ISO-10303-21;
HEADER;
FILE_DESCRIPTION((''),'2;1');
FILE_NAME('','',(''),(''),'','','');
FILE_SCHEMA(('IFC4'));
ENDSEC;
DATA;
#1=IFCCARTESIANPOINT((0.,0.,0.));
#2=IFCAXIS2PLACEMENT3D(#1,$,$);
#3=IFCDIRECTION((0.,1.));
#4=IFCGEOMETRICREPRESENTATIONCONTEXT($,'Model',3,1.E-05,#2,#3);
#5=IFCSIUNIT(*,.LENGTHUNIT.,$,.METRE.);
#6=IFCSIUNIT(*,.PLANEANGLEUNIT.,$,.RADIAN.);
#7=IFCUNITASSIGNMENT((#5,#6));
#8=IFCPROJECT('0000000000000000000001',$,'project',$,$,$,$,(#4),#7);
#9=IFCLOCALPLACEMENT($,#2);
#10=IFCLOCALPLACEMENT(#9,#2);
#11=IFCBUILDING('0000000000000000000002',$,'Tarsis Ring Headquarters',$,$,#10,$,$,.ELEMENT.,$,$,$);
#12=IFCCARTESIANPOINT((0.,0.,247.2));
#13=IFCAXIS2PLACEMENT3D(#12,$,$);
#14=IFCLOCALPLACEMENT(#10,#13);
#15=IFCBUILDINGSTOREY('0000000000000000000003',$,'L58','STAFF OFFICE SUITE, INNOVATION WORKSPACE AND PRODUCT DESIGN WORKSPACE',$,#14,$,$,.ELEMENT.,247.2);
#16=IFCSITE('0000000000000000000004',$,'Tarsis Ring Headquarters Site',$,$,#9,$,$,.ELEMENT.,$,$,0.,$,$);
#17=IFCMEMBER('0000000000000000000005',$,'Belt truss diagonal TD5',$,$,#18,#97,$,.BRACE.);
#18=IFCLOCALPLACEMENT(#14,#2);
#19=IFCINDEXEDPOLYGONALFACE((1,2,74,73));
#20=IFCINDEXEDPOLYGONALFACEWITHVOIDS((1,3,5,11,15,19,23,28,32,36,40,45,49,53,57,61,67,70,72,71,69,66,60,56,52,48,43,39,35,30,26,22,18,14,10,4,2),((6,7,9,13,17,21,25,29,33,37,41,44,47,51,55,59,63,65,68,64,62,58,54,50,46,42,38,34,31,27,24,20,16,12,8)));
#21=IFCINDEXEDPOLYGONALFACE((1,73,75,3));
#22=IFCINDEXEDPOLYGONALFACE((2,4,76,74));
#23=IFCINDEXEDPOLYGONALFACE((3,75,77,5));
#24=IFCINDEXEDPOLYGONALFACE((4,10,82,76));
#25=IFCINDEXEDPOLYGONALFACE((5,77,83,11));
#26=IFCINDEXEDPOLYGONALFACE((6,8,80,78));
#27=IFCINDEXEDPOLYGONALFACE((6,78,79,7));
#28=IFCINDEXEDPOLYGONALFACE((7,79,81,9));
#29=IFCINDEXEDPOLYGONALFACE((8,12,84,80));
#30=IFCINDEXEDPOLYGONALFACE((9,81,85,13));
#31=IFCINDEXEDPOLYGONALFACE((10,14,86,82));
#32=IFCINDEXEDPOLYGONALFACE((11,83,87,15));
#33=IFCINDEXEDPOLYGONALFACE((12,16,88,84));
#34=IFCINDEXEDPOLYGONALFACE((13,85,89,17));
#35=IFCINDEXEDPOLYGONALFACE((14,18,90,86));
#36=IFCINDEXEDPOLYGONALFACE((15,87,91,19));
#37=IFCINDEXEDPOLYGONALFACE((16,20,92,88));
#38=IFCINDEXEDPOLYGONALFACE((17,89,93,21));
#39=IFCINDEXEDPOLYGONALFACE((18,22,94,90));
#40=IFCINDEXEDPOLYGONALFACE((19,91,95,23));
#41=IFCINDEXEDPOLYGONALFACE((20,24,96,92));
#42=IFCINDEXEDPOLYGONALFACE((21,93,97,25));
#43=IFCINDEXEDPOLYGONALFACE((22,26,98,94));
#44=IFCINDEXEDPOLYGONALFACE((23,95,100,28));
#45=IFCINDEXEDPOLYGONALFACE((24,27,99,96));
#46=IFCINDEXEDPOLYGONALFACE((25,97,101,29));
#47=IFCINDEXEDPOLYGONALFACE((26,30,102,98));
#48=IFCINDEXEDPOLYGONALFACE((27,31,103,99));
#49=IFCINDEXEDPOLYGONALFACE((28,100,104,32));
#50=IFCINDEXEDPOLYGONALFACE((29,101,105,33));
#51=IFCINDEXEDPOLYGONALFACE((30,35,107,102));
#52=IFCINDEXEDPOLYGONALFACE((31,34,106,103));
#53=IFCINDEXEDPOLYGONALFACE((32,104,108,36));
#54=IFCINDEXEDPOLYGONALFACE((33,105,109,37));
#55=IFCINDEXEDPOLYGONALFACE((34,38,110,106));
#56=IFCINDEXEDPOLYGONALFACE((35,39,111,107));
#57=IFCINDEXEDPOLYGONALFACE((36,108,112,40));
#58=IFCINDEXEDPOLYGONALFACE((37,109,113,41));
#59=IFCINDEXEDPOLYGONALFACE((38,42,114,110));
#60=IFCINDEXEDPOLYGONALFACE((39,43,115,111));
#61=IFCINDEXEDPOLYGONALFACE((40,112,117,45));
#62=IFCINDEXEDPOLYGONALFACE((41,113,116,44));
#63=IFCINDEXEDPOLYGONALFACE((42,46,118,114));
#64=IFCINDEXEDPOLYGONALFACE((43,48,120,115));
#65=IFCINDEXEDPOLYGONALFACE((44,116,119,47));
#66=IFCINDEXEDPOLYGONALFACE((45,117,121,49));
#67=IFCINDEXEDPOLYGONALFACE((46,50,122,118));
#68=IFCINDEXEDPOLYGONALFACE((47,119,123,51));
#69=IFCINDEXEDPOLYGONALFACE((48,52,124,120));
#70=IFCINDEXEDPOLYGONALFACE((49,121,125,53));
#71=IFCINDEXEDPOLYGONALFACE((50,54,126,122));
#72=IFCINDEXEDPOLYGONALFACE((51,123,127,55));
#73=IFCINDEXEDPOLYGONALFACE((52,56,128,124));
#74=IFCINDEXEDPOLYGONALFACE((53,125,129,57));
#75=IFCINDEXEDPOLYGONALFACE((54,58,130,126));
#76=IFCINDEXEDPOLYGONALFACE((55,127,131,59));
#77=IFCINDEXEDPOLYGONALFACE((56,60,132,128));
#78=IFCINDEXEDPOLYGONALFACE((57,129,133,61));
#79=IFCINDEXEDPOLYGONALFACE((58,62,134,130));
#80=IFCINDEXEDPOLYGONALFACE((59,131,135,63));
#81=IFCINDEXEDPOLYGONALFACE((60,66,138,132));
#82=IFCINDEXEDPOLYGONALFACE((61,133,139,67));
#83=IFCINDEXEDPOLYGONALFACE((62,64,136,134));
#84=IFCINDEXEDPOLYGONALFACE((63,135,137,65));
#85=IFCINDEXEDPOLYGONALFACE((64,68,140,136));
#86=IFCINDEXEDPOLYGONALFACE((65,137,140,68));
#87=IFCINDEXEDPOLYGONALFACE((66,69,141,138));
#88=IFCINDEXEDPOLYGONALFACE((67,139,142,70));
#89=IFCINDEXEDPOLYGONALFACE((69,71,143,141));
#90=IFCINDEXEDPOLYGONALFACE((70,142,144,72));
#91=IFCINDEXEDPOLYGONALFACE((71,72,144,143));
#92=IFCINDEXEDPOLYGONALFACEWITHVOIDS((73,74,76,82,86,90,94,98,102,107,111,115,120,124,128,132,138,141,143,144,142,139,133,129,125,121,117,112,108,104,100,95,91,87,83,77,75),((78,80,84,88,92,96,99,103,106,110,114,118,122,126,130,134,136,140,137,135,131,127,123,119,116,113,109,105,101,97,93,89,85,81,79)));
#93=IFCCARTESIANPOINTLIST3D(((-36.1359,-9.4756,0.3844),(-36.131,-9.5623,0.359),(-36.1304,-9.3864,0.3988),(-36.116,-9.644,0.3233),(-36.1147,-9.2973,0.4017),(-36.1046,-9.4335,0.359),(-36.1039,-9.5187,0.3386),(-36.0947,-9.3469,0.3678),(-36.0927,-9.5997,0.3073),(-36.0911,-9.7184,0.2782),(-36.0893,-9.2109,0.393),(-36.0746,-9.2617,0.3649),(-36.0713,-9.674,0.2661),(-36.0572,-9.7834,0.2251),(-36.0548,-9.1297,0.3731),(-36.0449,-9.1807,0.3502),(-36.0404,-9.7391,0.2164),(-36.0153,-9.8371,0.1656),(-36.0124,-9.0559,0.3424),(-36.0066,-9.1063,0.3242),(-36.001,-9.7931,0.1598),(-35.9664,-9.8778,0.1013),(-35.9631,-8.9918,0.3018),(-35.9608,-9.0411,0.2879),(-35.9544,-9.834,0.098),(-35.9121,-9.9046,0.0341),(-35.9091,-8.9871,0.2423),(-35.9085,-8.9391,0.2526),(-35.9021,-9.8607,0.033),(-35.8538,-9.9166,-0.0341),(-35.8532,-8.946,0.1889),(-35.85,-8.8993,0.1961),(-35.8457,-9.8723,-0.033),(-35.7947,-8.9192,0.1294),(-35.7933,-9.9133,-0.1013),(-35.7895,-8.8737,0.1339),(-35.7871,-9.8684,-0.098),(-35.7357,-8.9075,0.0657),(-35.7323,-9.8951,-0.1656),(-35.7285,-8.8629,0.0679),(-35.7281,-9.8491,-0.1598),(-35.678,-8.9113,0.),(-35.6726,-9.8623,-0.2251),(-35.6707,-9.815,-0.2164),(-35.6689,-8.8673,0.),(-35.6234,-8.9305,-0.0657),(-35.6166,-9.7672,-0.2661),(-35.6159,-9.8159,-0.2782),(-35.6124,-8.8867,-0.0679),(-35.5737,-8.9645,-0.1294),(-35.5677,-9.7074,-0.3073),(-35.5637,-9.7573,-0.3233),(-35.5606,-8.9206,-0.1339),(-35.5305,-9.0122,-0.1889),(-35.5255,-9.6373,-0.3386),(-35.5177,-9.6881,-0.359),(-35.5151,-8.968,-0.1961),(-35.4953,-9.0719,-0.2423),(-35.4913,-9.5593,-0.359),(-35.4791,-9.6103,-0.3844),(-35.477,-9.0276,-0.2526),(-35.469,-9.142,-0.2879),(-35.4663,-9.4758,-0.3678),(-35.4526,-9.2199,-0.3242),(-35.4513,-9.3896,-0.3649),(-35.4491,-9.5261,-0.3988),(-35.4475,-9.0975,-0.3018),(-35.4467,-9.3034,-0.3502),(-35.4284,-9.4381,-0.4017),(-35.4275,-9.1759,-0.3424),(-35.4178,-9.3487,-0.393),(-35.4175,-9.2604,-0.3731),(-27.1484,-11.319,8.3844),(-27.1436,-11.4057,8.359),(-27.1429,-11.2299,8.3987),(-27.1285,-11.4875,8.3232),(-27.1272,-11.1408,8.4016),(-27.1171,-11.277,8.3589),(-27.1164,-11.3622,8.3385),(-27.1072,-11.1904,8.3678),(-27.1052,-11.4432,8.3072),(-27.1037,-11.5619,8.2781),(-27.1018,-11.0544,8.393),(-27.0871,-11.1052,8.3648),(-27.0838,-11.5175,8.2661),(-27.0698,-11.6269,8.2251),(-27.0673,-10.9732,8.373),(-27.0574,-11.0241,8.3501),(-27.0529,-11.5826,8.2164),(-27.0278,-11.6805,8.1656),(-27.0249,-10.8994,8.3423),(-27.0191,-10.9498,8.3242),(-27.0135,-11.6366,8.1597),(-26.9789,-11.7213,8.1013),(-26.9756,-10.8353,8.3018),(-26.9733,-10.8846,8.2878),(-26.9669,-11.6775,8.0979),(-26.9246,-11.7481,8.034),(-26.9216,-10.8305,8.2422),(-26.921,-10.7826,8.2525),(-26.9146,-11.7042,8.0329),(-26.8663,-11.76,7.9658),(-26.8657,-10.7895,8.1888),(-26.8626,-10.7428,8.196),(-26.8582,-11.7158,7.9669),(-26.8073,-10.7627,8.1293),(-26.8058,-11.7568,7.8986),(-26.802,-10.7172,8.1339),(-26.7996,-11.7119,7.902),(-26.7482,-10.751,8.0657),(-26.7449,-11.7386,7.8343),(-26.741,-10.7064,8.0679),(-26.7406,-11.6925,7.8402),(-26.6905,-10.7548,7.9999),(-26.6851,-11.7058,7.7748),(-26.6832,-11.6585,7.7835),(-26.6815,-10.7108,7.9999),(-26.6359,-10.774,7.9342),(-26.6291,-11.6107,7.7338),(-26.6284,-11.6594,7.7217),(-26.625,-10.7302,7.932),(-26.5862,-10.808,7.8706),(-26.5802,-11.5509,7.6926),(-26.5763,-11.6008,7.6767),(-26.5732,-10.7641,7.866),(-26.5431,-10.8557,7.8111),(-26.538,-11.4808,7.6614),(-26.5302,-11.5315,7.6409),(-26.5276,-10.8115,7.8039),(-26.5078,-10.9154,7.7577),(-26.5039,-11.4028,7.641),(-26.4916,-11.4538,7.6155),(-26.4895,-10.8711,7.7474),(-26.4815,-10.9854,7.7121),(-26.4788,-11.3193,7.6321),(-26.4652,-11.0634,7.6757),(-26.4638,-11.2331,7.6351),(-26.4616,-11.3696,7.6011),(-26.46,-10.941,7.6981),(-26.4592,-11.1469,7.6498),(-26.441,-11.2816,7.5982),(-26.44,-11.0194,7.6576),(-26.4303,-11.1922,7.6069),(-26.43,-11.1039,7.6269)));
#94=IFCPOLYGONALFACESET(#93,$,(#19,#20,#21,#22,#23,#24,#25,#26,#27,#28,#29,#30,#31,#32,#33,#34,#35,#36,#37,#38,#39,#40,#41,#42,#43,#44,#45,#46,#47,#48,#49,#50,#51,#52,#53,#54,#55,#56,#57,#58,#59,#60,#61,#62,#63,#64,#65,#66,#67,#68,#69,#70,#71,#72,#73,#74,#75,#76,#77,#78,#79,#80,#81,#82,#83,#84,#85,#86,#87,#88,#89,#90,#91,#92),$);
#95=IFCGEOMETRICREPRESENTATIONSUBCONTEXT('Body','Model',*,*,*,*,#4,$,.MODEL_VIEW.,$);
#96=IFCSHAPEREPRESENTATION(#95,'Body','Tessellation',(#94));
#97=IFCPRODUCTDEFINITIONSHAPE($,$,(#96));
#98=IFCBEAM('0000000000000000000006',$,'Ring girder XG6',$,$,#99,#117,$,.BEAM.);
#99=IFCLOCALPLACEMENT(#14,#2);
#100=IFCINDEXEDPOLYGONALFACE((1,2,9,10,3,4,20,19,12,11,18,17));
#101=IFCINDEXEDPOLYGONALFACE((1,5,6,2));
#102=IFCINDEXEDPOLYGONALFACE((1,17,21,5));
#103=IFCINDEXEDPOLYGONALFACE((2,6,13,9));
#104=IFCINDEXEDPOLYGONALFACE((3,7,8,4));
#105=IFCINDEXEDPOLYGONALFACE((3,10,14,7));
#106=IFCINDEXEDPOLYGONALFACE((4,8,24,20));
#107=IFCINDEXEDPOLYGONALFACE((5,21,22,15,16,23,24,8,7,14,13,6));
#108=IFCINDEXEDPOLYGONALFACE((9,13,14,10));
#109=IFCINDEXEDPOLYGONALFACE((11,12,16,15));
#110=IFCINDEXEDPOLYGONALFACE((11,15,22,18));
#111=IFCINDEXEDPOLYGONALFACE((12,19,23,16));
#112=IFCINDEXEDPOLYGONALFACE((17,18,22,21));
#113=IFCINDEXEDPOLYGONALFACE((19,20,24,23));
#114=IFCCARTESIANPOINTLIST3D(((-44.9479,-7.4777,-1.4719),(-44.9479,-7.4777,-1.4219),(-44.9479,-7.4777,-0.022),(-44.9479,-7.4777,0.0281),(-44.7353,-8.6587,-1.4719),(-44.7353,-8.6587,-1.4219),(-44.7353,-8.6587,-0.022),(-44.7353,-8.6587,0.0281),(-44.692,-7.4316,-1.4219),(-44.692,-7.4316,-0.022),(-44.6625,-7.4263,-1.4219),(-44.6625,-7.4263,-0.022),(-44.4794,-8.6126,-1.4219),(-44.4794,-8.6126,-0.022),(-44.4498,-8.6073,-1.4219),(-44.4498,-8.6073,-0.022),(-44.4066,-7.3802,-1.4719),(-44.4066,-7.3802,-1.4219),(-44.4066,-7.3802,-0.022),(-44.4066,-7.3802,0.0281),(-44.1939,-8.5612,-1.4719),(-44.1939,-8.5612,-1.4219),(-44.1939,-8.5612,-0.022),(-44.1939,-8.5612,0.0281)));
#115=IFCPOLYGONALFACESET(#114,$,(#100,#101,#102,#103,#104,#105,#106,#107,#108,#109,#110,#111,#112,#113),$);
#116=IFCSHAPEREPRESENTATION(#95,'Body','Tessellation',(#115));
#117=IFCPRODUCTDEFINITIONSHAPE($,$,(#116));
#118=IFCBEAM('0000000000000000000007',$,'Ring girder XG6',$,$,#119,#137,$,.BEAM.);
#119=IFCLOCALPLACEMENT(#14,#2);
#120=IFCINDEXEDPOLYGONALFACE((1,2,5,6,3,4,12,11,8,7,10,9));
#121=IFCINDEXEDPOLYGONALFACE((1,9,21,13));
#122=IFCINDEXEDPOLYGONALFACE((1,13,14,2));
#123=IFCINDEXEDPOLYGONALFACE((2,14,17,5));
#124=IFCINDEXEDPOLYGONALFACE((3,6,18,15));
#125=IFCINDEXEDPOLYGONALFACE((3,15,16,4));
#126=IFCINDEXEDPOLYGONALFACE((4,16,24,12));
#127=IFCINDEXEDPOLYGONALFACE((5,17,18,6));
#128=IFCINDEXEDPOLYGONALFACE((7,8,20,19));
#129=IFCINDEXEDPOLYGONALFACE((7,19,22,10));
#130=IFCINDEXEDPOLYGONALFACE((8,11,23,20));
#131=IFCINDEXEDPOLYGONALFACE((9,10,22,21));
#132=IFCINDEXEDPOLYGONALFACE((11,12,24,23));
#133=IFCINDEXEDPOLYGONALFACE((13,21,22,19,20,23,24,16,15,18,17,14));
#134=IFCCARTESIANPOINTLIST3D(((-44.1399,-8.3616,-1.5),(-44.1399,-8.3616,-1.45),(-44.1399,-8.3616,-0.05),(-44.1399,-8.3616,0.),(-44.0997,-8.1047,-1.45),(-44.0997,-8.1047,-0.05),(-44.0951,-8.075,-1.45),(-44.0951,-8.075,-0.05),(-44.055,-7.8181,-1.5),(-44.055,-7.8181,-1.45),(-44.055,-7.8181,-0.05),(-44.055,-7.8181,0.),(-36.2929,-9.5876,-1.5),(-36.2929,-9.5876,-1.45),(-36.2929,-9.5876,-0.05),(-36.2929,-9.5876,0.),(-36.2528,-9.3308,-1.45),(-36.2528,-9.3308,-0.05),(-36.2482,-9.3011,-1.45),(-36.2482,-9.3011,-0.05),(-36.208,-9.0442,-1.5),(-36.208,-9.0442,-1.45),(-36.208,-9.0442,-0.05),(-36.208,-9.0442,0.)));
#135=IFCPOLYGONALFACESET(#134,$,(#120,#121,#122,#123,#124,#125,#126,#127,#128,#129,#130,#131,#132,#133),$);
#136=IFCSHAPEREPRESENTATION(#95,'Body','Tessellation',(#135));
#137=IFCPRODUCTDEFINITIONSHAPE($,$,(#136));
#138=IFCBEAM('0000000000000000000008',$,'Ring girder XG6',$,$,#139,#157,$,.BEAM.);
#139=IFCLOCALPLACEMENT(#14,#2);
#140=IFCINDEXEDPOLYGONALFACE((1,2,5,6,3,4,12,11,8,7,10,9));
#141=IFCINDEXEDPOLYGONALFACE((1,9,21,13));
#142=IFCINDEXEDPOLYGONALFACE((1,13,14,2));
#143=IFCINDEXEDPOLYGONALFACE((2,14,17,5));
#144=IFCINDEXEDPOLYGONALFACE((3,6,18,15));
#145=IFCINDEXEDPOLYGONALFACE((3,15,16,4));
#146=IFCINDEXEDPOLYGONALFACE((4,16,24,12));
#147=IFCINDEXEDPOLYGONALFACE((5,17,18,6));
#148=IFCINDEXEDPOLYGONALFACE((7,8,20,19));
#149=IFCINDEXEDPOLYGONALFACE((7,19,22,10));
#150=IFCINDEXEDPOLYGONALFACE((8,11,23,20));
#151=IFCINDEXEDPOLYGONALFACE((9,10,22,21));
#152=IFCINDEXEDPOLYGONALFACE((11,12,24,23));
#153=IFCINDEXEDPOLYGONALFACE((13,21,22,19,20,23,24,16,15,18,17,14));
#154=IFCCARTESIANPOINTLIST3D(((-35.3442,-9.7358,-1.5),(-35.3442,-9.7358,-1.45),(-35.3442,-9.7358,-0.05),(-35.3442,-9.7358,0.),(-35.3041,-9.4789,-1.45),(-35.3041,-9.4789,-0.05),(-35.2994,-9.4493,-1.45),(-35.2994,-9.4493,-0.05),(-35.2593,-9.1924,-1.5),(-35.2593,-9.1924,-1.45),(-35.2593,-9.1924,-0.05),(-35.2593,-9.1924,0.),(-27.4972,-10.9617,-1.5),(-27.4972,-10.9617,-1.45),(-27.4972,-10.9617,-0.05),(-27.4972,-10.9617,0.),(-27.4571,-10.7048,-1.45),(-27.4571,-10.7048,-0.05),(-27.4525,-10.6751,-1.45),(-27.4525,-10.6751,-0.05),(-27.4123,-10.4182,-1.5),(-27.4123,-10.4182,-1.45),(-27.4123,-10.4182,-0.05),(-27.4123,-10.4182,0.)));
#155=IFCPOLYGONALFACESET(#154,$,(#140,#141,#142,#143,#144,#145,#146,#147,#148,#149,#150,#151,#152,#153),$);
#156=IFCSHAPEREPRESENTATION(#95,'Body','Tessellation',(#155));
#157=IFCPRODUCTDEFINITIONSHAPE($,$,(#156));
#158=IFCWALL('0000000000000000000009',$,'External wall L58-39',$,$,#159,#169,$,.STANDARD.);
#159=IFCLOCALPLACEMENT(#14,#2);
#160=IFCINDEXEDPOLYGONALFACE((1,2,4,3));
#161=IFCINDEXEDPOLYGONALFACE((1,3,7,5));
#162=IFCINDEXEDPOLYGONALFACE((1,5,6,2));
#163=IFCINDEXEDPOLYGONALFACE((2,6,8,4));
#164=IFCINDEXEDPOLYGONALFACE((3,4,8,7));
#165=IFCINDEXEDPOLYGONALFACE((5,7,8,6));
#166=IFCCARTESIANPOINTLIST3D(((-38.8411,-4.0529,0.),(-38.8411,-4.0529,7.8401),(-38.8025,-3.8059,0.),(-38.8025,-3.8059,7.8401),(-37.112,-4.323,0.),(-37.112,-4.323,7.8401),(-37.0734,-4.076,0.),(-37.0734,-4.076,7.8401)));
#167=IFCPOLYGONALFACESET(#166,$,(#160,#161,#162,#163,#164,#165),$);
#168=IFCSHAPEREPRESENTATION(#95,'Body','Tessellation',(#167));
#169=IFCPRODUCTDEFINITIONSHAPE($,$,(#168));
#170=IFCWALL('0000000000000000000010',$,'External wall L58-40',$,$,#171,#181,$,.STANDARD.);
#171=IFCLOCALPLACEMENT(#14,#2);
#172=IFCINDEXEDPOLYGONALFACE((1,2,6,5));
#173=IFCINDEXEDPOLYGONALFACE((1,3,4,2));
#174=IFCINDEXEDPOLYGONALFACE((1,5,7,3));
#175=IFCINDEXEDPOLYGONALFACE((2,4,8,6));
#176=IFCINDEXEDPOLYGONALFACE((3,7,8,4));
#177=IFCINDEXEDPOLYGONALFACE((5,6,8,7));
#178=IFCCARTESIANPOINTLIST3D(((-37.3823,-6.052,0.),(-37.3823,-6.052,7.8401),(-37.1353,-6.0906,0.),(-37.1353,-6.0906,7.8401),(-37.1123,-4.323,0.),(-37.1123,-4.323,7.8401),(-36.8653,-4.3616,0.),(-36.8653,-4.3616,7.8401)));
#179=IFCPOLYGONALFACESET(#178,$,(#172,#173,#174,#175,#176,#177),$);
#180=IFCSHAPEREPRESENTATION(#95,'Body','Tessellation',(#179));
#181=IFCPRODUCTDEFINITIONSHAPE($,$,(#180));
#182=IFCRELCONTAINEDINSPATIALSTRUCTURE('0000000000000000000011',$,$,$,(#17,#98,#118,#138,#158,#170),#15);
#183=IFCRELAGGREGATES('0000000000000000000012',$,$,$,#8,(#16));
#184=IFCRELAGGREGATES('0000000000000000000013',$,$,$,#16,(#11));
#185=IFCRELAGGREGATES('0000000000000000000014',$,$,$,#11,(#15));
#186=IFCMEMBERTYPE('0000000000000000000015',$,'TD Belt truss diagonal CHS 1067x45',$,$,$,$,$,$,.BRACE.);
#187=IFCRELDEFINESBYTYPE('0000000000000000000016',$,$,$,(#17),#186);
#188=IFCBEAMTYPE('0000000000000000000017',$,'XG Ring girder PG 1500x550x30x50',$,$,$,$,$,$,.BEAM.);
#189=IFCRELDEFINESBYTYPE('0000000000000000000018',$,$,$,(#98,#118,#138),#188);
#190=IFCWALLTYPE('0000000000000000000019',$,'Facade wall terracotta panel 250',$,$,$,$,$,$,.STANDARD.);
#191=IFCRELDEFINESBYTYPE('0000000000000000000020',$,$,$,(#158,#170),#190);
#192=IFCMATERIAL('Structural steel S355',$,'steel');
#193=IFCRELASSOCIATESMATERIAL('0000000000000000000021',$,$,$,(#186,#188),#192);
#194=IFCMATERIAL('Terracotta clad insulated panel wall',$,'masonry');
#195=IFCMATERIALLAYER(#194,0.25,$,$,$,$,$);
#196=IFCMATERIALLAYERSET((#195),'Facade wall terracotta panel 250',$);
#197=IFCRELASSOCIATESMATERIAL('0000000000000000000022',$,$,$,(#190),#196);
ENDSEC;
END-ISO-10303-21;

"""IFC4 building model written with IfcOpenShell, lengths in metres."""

from ifc_helpers import new_model, si_unit, direction, frame, frame_2d, origin, origin_2d, place, context, subcontext, project, spatial, rectangle, hollow_circle, i_section, extrude, material, layer, layer_set, material_profile, profile_set, type_object, element, save


model = new_model("IFC4")

# Units and contexts
model_context = context("Model", 3, precision=1e-05, world=origin(), true_north=direction((0.0, 1.0)))
body_context = subcontext(model_context, "Body", "Model", "MODEL_VIEW")
ifc_project = project(units=[si_unit("LENGTHUNIT", "METRE"), si_unit("PLANEANGLEUNIT", "RADIAN")], contexts=[model_context])

# Site, building, storey
site_placement = place(None, origin())
site = spatial("IfcSite", under=ifc_project, at=site_placement, Name="Tarsis Ring Headquarters Site", CompositionType="ELEMENT", RefElevation=0.0)
building_placement = place(site_placement, origin())
building = spatial("IfcBuilding", under=site, at=building_placement, Name="Tarsis Ring Headquarters", CompositionType="ELEMENT")
storey_placement = place(building_placement, frame((0.0, 0.0, 247.2)))
storey = spatial("IfcBuildingStorey", under=building, at=storey_placement, Name="L58", Description="STAFF OFFICE SUITE, INNOVATION WORKSPACE AND PRODUCT DESIGN WORKSPACE", CompositionType="ELEMENT", Elevation=247.2)

# Shared definitions
ifc_material_1 = material(Name="Structural steel S355", Category="steel")
ifc_material_profile_1 = material_profile(ifc_material_1, hollow_circle(Radius=0.5334, WallThickness=0.0449, at=origin_2d()), Name="CHS 1067x45")
ifc_profile_set_1 = profile_set([ifc_material_profile_1], Name="Structural steel S355")

# Member
member_type_1 = type_object("IfcMemberType", Name="TD Belt truss diagonal CHS 1067x45", PredefinedType="BRACE", material=ifc_profile_set_1)
member_1_placement = place(storey_placement, frame((-35.7761, -9.3899, 0.0), z_axis=(0.738337, -0.151446, 0.657209), x_axis=(0.200934, 0.979605, 0.0)))
element("IfcMember", 1, at=member_1_placement, inside=storey, type_object=member_type_1, Name="Belt truss diagonal TD5", PredefinedType="BRACE", context=body_context, shape_type="SweptSolid", body=[
    extrude(hollow_circle(Radius=0.5334, WallThickness=0.0449, at=origin_2d()), origin(), (0.0, 0.0, 1.0), 12.1726),
])

# Beams
ifc_material_profile_2 = material_profile(ifc_material_1, i_section(OverallWidth=0.55, OverallDepth=1.5, WebThickness=0.03, FlangeThickness=0.05, at=origin_2d()), Name="PG 1500x550x30x50")
ifc_profile_set_2 = profile_set([ifc_material_profile_2], Name="Structural steel S355")
beam_type = type_object("IfcBeamType", Name="XG Ring girder PG 1500x550x30x50", PredefinedType="BEAM", material=ifc_profile_set_2)
beam_placement = place(storey_placement, frame((-44.6772, -7.429, -0.7219), z_axis=(0.17722, -0.984171, 0.0), x_axis=(0.984171, 0.17722, 0.0)))
element("IfcBeam", 2, at=beam_placement, inside=storey, type_object=beam_type, Name="Ring girder XG6", PredefinedType="BEAM", context=body_context, shape_type="SweptSolid", body=[
    extrude(i_section(OverallWidth=0.55, OverallDepth=1.5, WebThickness=0.03, FlangeThickness=0.05, at=origin_2d()), origin(), (0.0, 0.0, 1.0), 1.2),
])
for number, where, z_axis, x_axis, name in (
    (3, (-44.0974, -8.0898, -0.75), (0.988012, -0.154376, 0.0), (0.154376, 0.988012, 0.0), "Ring girder XG6"),
    (4, (-35.3018, -9.4641, -0.75), (0.988017, -0.154346, 0.0), (0.154346, 0.988017, 0.0), "Ring girder XG6"),
):
    element("IfcBeam", number, at=place(storey_placement, frame(where, z_axis=z_axis, x_axis=x_axis)), inside=storey, type_object=beam_type, Name=name, PredefinedType="BEAM", context=body_context, shape_type="SweptSolid", body=[
        extrude(i_section(OverallWidth=0.55, OverallDepth=1.5, WebThickness=0.03, FlangeThickness=0.05, at=origin_2d()), origin(), (0.0, 0.0, 1.0), 7.9421),
    ])

# Walls
ifc_material_2 = material(Name="Terracotta clad insulated panel wall", Category="masonry")
ifc_layer_1 = layer(ifc_material_2, 0.25)
ifc_layer_set_1 = layer_set([ifc_layer_1], Name="Facade wall terracotta panel 250")
wall_type = type_object("IfcWallType", Name="Facade wall terracotta panel 250", PredefinedType="STANDARD", material=ifc_layer_set_1)
for number, where, z_axis, x_axis, name in (
    (5, (-38.8218, -3.9294, 0.0), (0.0, 0.0, 1.0), (0.988024, -0.1543, 0.0), "External wall L58-39"),
    (6, (-36.9888, -4.3423, 0.0), (0.0, 0.0, 1.0), (-0.1543, -0.988024, 0.0), "External wall L58-40"),
):
    element("IfcWall", number, at=place(storey_placement, frame(where, z_axis=z_axis, x_axis=x_axis)), inside=storey, type_object=wall_type, Name=name, PredefinedType="STANDARD", context=body_context, shape_type="SweptSolid", body=[
        extrude(rectangle(XDim=1.75, YDim=0.25, at=frame_2d((0.875, 0.0))), origin(), (0.0, 0.0, 1.0), 7.8401),
    ])

save(model, "model.ifc")
